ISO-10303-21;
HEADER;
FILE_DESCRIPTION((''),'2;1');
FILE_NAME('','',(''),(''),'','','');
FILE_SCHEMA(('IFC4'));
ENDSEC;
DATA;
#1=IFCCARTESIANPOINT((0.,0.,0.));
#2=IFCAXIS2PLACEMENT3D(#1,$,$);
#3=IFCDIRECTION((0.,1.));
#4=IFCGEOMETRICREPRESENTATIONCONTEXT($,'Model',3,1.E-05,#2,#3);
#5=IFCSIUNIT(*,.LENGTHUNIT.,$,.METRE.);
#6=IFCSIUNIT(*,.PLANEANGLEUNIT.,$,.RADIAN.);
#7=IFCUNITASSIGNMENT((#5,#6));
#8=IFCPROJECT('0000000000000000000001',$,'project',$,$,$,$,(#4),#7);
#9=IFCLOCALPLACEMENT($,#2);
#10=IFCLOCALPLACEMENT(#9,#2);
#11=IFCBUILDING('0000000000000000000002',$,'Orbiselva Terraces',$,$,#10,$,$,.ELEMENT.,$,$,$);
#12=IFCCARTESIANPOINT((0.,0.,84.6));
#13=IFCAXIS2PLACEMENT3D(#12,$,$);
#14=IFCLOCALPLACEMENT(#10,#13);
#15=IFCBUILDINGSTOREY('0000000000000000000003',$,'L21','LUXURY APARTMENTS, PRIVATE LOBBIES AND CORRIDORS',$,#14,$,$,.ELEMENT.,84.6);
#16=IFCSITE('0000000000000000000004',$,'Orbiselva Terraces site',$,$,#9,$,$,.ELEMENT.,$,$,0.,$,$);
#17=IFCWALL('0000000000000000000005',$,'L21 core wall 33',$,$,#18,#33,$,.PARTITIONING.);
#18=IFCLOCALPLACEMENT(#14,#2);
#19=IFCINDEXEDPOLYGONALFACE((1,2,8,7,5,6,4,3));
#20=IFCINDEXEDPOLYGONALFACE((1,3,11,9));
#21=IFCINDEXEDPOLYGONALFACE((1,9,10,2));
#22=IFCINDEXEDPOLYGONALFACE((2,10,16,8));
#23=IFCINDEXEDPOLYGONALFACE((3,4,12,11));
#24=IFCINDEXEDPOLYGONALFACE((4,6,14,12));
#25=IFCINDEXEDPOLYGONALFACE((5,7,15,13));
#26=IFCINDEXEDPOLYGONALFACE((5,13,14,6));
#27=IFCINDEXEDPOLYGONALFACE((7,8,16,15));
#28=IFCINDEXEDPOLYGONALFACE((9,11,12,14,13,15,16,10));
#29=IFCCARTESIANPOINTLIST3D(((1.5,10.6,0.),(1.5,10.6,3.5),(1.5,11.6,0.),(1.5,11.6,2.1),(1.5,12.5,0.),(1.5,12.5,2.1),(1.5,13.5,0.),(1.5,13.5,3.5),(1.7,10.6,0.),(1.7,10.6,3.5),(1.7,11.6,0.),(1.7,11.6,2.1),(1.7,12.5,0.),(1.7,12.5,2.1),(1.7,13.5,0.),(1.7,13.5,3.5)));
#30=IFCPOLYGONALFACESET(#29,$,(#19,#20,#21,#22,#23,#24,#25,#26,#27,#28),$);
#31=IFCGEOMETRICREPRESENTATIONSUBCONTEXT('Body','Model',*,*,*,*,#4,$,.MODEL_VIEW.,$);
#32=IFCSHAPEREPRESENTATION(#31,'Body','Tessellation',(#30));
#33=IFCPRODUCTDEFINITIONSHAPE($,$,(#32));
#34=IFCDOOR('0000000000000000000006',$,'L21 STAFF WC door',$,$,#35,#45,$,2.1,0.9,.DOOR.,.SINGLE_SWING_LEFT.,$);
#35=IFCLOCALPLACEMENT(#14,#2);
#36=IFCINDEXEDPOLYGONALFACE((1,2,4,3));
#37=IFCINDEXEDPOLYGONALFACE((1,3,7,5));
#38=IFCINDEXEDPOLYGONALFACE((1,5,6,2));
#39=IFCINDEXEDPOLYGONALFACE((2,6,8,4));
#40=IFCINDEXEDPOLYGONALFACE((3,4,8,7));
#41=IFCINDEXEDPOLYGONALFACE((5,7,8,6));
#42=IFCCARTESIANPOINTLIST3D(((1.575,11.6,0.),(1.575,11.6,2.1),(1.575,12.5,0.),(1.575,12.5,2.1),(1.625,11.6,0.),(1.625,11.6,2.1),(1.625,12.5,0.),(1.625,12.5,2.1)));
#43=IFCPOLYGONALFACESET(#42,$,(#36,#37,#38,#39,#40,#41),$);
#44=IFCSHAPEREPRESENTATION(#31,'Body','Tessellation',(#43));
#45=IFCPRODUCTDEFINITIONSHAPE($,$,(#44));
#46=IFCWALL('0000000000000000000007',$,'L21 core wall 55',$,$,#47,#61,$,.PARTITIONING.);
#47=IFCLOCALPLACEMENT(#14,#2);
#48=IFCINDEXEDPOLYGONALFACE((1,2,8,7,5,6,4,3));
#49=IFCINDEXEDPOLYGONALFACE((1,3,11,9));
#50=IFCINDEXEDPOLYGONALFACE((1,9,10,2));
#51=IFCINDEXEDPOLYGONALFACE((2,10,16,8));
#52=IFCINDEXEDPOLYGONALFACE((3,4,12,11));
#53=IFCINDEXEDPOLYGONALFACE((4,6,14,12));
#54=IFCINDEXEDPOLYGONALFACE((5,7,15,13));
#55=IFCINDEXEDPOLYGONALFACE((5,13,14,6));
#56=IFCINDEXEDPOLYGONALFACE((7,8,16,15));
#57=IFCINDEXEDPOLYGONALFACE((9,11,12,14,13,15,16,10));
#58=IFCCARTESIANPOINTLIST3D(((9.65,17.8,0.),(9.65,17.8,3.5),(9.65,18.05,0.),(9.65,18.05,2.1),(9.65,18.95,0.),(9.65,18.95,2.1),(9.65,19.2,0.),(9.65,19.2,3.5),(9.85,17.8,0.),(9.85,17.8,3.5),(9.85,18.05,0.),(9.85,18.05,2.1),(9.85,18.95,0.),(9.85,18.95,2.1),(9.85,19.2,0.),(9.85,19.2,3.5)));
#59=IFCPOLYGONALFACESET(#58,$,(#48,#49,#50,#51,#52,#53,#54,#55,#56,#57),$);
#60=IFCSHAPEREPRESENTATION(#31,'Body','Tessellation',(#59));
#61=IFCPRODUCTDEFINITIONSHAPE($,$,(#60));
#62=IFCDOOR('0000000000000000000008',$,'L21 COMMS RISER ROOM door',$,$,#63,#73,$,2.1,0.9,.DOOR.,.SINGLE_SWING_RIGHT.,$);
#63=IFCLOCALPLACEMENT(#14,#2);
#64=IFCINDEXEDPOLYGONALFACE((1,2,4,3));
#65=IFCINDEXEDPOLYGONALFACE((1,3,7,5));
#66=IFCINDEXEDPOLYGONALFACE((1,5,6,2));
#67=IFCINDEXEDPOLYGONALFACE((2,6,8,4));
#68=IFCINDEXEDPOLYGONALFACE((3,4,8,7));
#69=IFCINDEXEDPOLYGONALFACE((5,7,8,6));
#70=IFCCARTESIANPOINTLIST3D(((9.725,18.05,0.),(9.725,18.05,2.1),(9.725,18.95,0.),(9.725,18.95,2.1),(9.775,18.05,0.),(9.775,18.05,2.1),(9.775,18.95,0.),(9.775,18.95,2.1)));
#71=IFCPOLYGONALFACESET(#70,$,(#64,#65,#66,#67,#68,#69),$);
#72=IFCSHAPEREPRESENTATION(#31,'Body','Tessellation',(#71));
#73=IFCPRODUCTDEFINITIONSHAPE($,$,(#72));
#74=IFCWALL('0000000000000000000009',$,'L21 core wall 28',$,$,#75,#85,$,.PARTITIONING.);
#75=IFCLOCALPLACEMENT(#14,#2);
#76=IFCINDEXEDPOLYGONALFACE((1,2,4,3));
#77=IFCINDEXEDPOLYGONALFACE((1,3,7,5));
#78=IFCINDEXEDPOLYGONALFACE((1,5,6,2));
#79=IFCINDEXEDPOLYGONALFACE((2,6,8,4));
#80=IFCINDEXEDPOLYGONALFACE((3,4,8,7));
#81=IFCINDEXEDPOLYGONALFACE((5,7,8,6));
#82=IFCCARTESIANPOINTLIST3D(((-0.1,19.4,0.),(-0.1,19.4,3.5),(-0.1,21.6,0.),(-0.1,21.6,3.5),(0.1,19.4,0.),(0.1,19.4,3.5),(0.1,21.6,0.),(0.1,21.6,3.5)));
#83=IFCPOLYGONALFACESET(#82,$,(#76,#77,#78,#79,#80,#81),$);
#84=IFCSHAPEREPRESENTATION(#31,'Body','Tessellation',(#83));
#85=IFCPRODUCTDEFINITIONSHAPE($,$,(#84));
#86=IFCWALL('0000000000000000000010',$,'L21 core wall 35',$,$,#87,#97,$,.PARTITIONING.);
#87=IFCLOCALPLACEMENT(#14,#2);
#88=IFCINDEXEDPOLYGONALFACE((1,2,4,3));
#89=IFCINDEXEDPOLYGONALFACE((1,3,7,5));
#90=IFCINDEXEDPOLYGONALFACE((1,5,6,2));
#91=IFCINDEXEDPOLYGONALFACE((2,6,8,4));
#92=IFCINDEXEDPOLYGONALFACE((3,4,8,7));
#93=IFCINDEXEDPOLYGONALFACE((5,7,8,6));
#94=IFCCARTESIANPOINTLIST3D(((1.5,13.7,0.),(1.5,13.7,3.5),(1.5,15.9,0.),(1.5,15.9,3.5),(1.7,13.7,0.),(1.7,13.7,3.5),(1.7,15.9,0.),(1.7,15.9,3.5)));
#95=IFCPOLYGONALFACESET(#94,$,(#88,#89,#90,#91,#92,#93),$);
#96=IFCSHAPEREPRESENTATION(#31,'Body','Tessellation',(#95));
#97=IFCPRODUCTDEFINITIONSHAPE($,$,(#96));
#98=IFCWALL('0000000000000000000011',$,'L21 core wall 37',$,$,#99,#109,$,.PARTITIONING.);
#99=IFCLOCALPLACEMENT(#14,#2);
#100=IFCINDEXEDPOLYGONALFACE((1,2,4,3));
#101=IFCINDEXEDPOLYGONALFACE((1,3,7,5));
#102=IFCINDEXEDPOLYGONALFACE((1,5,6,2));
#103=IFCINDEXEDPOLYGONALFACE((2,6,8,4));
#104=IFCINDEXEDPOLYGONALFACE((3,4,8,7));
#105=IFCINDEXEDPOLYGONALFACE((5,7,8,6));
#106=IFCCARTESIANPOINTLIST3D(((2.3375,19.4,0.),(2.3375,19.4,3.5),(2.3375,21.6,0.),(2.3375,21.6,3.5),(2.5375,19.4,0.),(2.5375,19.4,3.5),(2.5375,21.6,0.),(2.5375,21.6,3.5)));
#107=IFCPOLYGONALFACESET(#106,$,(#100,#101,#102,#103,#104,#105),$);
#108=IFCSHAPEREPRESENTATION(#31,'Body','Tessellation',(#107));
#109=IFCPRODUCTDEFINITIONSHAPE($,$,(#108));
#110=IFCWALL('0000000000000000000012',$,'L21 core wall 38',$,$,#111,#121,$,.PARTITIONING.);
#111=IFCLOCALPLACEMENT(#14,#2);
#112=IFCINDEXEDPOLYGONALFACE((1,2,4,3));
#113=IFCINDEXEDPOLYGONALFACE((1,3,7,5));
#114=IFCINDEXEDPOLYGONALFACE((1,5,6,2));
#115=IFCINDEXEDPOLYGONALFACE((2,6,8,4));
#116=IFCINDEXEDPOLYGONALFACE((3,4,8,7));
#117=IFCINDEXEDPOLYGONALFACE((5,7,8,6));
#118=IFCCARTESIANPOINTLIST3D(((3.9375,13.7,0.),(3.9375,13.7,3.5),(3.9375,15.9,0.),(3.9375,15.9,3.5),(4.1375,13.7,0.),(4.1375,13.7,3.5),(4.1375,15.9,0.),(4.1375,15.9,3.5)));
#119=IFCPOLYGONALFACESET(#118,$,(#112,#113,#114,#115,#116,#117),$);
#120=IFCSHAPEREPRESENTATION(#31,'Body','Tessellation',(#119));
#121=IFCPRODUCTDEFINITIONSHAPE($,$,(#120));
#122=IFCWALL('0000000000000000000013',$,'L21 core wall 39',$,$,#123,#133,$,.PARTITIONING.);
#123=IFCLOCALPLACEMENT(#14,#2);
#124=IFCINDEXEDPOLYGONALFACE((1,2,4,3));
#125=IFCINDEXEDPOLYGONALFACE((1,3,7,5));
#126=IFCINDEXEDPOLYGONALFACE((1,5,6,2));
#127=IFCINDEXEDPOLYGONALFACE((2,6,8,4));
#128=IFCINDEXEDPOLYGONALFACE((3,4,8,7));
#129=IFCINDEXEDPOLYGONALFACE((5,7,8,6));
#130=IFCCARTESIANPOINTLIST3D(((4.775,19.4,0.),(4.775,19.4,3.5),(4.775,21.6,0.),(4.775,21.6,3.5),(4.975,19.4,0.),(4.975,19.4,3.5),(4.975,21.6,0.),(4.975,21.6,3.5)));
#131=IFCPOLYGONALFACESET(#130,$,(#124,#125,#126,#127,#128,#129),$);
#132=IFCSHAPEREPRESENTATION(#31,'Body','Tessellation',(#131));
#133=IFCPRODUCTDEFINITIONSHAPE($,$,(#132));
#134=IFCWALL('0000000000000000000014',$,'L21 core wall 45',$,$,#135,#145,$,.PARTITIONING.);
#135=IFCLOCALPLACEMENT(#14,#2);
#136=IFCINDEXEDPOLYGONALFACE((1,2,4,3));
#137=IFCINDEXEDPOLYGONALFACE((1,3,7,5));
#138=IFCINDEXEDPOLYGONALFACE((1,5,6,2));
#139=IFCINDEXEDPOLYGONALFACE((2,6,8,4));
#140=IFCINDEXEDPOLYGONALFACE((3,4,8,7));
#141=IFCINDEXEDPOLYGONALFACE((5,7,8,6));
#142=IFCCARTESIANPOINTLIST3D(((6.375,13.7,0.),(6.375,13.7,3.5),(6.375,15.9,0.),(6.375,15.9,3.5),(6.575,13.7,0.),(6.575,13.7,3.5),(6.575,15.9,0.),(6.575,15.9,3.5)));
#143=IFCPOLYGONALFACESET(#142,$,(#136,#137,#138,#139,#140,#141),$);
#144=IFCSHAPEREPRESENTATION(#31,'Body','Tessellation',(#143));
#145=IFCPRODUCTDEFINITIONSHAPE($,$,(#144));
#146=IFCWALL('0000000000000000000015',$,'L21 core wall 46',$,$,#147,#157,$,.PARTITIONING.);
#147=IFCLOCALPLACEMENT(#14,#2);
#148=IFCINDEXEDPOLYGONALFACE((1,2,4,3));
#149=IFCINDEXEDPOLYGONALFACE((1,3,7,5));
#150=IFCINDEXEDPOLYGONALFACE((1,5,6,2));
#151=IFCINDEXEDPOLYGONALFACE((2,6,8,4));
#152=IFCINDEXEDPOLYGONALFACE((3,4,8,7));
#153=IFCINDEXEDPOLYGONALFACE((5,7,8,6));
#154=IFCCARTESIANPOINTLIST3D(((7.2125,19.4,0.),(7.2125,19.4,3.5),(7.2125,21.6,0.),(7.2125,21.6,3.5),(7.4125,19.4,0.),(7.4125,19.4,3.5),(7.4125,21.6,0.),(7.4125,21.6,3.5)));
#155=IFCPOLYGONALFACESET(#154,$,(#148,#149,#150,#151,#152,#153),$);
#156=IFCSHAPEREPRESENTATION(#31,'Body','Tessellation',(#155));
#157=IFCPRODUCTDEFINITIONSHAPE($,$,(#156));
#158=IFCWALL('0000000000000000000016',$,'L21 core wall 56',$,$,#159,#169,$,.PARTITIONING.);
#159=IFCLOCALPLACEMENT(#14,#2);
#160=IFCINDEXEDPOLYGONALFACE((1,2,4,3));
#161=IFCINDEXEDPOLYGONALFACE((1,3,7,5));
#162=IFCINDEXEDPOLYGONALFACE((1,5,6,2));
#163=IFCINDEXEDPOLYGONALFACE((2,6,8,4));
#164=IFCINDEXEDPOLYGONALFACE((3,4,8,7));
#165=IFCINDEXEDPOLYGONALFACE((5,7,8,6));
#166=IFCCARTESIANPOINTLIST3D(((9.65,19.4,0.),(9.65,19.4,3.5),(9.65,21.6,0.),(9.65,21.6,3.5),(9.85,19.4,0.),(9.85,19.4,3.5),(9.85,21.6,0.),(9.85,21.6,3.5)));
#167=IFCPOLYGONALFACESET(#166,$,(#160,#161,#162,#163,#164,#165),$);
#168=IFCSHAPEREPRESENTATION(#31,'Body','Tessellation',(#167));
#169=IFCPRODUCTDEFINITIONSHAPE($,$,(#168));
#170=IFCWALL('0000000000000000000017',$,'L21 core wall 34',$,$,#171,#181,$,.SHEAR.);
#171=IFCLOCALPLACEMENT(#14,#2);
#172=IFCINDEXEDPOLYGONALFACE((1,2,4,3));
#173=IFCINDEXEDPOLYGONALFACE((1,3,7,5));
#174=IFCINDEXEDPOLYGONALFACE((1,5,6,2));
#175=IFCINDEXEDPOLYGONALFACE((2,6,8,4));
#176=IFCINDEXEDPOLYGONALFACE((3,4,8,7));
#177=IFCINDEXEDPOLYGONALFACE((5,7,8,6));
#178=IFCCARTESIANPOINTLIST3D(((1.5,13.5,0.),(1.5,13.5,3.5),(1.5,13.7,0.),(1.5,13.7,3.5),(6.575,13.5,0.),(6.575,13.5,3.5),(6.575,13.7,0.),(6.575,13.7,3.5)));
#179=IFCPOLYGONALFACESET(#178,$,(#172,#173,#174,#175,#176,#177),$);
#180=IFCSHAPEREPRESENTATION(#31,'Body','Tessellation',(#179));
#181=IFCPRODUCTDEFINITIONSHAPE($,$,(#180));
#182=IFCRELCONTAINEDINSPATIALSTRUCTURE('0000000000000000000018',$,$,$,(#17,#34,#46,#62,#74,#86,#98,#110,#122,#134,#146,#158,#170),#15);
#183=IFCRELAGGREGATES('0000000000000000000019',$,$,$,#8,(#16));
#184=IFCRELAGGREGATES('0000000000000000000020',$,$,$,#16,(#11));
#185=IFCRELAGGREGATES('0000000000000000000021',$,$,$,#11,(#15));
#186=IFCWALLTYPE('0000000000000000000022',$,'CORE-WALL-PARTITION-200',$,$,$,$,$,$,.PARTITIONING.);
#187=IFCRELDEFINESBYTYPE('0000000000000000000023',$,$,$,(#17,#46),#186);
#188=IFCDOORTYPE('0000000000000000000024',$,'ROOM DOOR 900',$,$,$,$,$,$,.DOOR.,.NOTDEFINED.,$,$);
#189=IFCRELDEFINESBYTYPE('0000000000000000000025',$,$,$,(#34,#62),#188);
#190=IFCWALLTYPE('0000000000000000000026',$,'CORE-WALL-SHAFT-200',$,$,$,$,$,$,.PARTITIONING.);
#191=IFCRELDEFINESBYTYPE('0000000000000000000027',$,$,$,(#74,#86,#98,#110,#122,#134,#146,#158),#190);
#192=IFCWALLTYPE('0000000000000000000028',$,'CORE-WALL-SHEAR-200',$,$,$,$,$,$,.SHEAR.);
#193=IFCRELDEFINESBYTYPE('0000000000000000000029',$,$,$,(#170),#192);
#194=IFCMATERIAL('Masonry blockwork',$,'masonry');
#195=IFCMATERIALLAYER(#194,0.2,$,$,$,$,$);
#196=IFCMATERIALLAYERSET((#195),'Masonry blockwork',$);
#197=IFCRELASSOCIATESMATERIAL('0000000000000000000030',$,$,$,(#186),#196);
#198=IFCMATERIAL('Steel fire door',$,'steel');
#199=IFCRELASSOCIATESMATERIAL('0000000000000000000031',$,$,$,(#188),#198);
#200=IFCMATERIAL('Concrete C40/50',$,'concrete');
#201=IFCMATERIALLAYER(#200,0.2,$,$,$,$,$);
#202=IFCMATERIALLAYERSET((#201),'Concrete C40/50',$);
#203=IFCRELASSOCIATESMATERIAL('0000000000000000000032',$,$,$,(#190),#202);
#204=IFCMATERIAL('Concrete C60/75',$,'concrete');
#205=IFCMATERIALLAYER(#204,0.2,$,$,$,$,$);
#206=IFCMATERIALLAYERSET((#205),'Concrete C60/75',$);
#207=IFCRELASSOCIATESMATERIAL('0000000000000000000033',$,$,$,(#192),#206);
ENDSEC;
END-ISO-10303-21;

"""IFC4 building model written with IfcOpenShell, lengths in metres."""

from ifc_helpers import new_model, si_unit, direction, frame, frame_2d, origin, place, context, subcontext, project, spatial, rectangle, extrude, material, layer, layer_set, type_object, element, fill, save


model = new_model("IFC4")

# Units and contexts
model_context = context("Model", 3, precision=1e-05, world=origin(), true_north=direction((0.0, 1.0)))
body_context = subcontext(model_context, "Body", "Model", "MODEL_VIEW")
ifc_project = project(units=[si_unit("LENGTHUNIT", "METRE"), si_unit("PLANEANGLEUNIT", "RADIAN")], contexts=[model_context])

# Site, building, storey
site_placement = place(None, origin())
site = spatial("IfcSite", under=ifc_project, at=site_placement, Name="Orbiselva Terraces site", CompositionType="ELEMENT", RefElevation=0.0)
building_placement = place(site_placement, origin())
building = spatial("IfcBuilding", under=site, at=building_placement, Name="Orbiselva Terraces", CompositionType="ELEMENT")
storey_placement = place(building_placement, frame((0.0, 0.0, 84.6)))
storey = spatial("IfcBuildingStorey", under=building, at=storey_placement, Name="L21", Description="LUXURY APARTMENTS, PRIVATE LOBBIES AND CORRIDORS", CompositionType="ELEMENT", Elevation=84.6)

# Walls, openings, doors
ifc_material_1 = material(Name="Masonry blockwork", Category="masonry")
ifc_layer_1 = layer(ifc_material_1, 0.2)
ifc_layer_set_1 = layer_set([ifc_layer_1], Name="Masonry blockwork")
wall_type_1 = type_object("IfcWallType", Name="CORE-WALL-PARTITION-200", PredefinedType="PARTITIONING", material=ifc_layer_set_1)
wall_1_placement = place(storey_placement, frame((1.6, 13.5, 0.0), z_axis=(0.0, 0.0, 1.0), x_axis=(0.0, -1.0, 0.0)))
wall_1 = element("IfcWall", 1, at=wall_1_placement, inside=storey, type_object=wall_type_1, Name="L21 core wall 33", PredefinedType="PARTITIONING", context=body_context, shape_type="SweptSolid", body=[
    extrude(rectangle(XDim=2.9, YDim=0.2, at=frame_2d((1.45, 0.0))), origin(), (0.0, 0.0, 1.0), 3.5),
])
opening_1_placement = place(wall_1_placement, frame((1.0, 0.0, 0.0)))
opening_1 = element("IfcOpeningElement", 2, at=opening_1_placement, cuts=wall_1, PredefinedType="OPENING", context=body_context, shape_type="SweptSolid", body=[
    extrude(rectangle(XDim=0.9, YDim=2.1, at=frame_2d((0.45, 1.05))), frame((0.0, 0.11, 0.0), z_axis=(0.0, -1.0, 0.0), x_axis=(1.0, 0.0, 0.0)), (0.0, 0.0, 1.0), 0.22),
])
ifc_material_2 = material(Name="Steel fire door", Category="steel")
door_type = type_object("IfcDoorType", Name="ROOM DOOR 900", OperationType="NOTDEFINED", PredefinedType="DOOR", material=ifc_material_2)
door_1_placement = place(opening_1_placement, origin())
door_1 = element("IfcDoor", 3, at=door_1_placement, inside=storey, type_object=door_type, Name="L21 STAFF WC door", OperationType="SINGLE_SWING_LEFT", OverallHeight=2.1, OverallWidth=0.9, PredefinedType="DOOR", context=body_context, shape_type="SweptSolid", body=[
    extrude(rectangle(XDim=0.9, YDim=2.1, at=frame_2d((0.45, 1.05))), frame((0.0, 0.025, 0.0), z_axis=(0.0, -1.0, 0.0), x_axis=(1.0, 0.0, 0.0)), (0.0, 0.0, 1.0), 0.05),
])
fill(opening_1, door_1)
wall_2_placement = place(storey_placement, frame((9.75, 19.2, 0.0), z_axis=(0.0, 0.0, 1.0), x_axis=(0.0, -1.0, 0.0)))
wall_2 = element("IfcWall", 4, at=wall_2_placement, inside=storey, type_object=wall_type_1, Name="L21 core wall 55", PredefinedType="PARTITIONING", context=body_context, shape_type="SweptSolid", body=[
    extrude(rectangle(XDim=1.4, YDim=0.2, at=frame_2d((0.7, 0.0))), origin(), (0.0, 0.0, 1.0), 3.5),
])
opening_2_placement = place(wall_2_placement, frame((0.25, 0.0, 0.0)))
opening_2 = element("IfcOpeningElement", 5, at=opening_2_placement, cuts=wall_2, PredefinedType="OPENING", context=body_context, shape_type="SweptSolid", body=[
    extrude(rectangle(XDim=0.9, YDim=2.1, at=frame_2d((0.45, 1.05))), frame((0.0, 0.11, 0.0), z_axis=(0.0, -1.0, 0.0), x_axis=(1.0, 0.0, 0.0)), (0.0, 0.0, 1.0), 0.22),
])
door_2_placement = place(opening_2_placement, origin())
door_2 = element("IfcDoor", 6, at=door_2_placement, inside=storey, type_object=door_type, Name="L21 COMMS RISER ROOM door", OperationType="SINGLE_SWING_RIGHT", OverallHeight=2.1, OverallWidth=0.9, PredefinedType="DOOR", context=body_context, shape_type="SweptSolid", body=[
    extrude(rectangle(XDim=0.9, YDim=2.1, at=frame_2d((0.45, 1.05))), frame((0.0, 0.025, 0.0), z_axis=(0.0, -1.0, 0.0), x_axis=(1.0, 0.0, 0.0)), (0.0, 0.0, 1.0), 0.05),
])
fill(opening_2, door_2)

# Walls
ifc_material_3 = material(Name="Concrete C40/50", Category="concrete")
ifc_layer_2 = layer(ifc_material_3, 0.2)
ifc_layer_set_2 = layer_set([ifc_layer_2], Name="Concrete C40/50")
wall_type_2 = type_object("IfcWallType", Name="CORE-WALL-SHAFT-200", PredefinedType="PARTITIONING", material=ifc_layer_set_2)
for number, where, z_axis, x_axis, name in (
    (7, (0.0, 19.4, 0.0), (0.0, 0.0, 1.0), (0.0, 1.0, 0.0), "L21 core wall 28"),
    (8, (1.6, 13.7, 0.0), (0.0, 0.0, 1.0), (0.0, 1.0, 0.0), "L21 core wall 35"),
    (9, (2.4375, 19.4, 0.0), (0.0, 0.0, 1.0), (0.0, 1.0, 0.0), "L21 core wall 37"),
    (10, (4.0375, 13.7, 0.0), (0.0, 0.0, 1.0), (0.0, 1.0, 0.0), "L21 core wall 38"),
    (11, (4.875, 19.4, 0.0), (0.0, 0.0, 1.0), (0.0, 1.0, 0.0), "L21 core wall 39"),
    (12, (6.475, 13.7, 0.0), (0.0, 0.0, 1.0), (0.0, 1.0, 0.0), "L21 core wall 45"),
    (13, (7.3125, 19.4, 0.0), (0.0, 0.0, 1.0), (0.0, 1.0, 0.0), "L21 core wall 46"),
    (14, (9.75, 19.4, 0.0), (0.0, 0.0, 1.0), (0.0, 1.0, 0.0), "L21 core wall 56"),
):
    element("IfcWall", number, at=place(storey_placement, frame(where, z_axis=z_axis, x_axis=x_axis)), inside=storey, type_object=wall_type_2, Name=name, PredefinedType="PARTITIONING", context=body_context, shape_type="SweptSolid", body=[
        extrude(rectangle(XDim=2.2, YDim=0.2, at=frame_2d((1.1, 0.0))), origin(), (0.0, 0.0, 1.0), 3.5),
    ])
ifc_material_4 = material(Name="Concrete C60/75", Category="concrete")
ifc_layer_3 = layer(ifc_material_4, 0.2)
ifc_layer_set_3 = layer_set([ifc_layer_3], Name="Concrete C60/75")
wall_type_3 = type_object("IfcWallType", Name="CORE-WALL-SHEAR-200", PredefinedType="SHEAR", material=ifc_layer_set_3)
wall_3_placement = place(storey_placement, frame((1.5, 13.6, 0.0), z_axis=(0.0, 0.0, 1.0), x_axis=(1.0, 0.0, 0.0)))
element("IfcWall", 15, at=wall_3_placement, inside=storey, type_object=wall_type_3, Name="L21 core wall 34", PredefinedType="SHEAR", context=body_context, shape_type="SweptSolid", body=[
    extrude(rectangle(XDim=5.075, YDim=0.2, at=frame_2d((2.5375, 0.0))), origin(), (0.0, 0.0, 1.0), 3.5),
])

save(model, "model.ifc")
